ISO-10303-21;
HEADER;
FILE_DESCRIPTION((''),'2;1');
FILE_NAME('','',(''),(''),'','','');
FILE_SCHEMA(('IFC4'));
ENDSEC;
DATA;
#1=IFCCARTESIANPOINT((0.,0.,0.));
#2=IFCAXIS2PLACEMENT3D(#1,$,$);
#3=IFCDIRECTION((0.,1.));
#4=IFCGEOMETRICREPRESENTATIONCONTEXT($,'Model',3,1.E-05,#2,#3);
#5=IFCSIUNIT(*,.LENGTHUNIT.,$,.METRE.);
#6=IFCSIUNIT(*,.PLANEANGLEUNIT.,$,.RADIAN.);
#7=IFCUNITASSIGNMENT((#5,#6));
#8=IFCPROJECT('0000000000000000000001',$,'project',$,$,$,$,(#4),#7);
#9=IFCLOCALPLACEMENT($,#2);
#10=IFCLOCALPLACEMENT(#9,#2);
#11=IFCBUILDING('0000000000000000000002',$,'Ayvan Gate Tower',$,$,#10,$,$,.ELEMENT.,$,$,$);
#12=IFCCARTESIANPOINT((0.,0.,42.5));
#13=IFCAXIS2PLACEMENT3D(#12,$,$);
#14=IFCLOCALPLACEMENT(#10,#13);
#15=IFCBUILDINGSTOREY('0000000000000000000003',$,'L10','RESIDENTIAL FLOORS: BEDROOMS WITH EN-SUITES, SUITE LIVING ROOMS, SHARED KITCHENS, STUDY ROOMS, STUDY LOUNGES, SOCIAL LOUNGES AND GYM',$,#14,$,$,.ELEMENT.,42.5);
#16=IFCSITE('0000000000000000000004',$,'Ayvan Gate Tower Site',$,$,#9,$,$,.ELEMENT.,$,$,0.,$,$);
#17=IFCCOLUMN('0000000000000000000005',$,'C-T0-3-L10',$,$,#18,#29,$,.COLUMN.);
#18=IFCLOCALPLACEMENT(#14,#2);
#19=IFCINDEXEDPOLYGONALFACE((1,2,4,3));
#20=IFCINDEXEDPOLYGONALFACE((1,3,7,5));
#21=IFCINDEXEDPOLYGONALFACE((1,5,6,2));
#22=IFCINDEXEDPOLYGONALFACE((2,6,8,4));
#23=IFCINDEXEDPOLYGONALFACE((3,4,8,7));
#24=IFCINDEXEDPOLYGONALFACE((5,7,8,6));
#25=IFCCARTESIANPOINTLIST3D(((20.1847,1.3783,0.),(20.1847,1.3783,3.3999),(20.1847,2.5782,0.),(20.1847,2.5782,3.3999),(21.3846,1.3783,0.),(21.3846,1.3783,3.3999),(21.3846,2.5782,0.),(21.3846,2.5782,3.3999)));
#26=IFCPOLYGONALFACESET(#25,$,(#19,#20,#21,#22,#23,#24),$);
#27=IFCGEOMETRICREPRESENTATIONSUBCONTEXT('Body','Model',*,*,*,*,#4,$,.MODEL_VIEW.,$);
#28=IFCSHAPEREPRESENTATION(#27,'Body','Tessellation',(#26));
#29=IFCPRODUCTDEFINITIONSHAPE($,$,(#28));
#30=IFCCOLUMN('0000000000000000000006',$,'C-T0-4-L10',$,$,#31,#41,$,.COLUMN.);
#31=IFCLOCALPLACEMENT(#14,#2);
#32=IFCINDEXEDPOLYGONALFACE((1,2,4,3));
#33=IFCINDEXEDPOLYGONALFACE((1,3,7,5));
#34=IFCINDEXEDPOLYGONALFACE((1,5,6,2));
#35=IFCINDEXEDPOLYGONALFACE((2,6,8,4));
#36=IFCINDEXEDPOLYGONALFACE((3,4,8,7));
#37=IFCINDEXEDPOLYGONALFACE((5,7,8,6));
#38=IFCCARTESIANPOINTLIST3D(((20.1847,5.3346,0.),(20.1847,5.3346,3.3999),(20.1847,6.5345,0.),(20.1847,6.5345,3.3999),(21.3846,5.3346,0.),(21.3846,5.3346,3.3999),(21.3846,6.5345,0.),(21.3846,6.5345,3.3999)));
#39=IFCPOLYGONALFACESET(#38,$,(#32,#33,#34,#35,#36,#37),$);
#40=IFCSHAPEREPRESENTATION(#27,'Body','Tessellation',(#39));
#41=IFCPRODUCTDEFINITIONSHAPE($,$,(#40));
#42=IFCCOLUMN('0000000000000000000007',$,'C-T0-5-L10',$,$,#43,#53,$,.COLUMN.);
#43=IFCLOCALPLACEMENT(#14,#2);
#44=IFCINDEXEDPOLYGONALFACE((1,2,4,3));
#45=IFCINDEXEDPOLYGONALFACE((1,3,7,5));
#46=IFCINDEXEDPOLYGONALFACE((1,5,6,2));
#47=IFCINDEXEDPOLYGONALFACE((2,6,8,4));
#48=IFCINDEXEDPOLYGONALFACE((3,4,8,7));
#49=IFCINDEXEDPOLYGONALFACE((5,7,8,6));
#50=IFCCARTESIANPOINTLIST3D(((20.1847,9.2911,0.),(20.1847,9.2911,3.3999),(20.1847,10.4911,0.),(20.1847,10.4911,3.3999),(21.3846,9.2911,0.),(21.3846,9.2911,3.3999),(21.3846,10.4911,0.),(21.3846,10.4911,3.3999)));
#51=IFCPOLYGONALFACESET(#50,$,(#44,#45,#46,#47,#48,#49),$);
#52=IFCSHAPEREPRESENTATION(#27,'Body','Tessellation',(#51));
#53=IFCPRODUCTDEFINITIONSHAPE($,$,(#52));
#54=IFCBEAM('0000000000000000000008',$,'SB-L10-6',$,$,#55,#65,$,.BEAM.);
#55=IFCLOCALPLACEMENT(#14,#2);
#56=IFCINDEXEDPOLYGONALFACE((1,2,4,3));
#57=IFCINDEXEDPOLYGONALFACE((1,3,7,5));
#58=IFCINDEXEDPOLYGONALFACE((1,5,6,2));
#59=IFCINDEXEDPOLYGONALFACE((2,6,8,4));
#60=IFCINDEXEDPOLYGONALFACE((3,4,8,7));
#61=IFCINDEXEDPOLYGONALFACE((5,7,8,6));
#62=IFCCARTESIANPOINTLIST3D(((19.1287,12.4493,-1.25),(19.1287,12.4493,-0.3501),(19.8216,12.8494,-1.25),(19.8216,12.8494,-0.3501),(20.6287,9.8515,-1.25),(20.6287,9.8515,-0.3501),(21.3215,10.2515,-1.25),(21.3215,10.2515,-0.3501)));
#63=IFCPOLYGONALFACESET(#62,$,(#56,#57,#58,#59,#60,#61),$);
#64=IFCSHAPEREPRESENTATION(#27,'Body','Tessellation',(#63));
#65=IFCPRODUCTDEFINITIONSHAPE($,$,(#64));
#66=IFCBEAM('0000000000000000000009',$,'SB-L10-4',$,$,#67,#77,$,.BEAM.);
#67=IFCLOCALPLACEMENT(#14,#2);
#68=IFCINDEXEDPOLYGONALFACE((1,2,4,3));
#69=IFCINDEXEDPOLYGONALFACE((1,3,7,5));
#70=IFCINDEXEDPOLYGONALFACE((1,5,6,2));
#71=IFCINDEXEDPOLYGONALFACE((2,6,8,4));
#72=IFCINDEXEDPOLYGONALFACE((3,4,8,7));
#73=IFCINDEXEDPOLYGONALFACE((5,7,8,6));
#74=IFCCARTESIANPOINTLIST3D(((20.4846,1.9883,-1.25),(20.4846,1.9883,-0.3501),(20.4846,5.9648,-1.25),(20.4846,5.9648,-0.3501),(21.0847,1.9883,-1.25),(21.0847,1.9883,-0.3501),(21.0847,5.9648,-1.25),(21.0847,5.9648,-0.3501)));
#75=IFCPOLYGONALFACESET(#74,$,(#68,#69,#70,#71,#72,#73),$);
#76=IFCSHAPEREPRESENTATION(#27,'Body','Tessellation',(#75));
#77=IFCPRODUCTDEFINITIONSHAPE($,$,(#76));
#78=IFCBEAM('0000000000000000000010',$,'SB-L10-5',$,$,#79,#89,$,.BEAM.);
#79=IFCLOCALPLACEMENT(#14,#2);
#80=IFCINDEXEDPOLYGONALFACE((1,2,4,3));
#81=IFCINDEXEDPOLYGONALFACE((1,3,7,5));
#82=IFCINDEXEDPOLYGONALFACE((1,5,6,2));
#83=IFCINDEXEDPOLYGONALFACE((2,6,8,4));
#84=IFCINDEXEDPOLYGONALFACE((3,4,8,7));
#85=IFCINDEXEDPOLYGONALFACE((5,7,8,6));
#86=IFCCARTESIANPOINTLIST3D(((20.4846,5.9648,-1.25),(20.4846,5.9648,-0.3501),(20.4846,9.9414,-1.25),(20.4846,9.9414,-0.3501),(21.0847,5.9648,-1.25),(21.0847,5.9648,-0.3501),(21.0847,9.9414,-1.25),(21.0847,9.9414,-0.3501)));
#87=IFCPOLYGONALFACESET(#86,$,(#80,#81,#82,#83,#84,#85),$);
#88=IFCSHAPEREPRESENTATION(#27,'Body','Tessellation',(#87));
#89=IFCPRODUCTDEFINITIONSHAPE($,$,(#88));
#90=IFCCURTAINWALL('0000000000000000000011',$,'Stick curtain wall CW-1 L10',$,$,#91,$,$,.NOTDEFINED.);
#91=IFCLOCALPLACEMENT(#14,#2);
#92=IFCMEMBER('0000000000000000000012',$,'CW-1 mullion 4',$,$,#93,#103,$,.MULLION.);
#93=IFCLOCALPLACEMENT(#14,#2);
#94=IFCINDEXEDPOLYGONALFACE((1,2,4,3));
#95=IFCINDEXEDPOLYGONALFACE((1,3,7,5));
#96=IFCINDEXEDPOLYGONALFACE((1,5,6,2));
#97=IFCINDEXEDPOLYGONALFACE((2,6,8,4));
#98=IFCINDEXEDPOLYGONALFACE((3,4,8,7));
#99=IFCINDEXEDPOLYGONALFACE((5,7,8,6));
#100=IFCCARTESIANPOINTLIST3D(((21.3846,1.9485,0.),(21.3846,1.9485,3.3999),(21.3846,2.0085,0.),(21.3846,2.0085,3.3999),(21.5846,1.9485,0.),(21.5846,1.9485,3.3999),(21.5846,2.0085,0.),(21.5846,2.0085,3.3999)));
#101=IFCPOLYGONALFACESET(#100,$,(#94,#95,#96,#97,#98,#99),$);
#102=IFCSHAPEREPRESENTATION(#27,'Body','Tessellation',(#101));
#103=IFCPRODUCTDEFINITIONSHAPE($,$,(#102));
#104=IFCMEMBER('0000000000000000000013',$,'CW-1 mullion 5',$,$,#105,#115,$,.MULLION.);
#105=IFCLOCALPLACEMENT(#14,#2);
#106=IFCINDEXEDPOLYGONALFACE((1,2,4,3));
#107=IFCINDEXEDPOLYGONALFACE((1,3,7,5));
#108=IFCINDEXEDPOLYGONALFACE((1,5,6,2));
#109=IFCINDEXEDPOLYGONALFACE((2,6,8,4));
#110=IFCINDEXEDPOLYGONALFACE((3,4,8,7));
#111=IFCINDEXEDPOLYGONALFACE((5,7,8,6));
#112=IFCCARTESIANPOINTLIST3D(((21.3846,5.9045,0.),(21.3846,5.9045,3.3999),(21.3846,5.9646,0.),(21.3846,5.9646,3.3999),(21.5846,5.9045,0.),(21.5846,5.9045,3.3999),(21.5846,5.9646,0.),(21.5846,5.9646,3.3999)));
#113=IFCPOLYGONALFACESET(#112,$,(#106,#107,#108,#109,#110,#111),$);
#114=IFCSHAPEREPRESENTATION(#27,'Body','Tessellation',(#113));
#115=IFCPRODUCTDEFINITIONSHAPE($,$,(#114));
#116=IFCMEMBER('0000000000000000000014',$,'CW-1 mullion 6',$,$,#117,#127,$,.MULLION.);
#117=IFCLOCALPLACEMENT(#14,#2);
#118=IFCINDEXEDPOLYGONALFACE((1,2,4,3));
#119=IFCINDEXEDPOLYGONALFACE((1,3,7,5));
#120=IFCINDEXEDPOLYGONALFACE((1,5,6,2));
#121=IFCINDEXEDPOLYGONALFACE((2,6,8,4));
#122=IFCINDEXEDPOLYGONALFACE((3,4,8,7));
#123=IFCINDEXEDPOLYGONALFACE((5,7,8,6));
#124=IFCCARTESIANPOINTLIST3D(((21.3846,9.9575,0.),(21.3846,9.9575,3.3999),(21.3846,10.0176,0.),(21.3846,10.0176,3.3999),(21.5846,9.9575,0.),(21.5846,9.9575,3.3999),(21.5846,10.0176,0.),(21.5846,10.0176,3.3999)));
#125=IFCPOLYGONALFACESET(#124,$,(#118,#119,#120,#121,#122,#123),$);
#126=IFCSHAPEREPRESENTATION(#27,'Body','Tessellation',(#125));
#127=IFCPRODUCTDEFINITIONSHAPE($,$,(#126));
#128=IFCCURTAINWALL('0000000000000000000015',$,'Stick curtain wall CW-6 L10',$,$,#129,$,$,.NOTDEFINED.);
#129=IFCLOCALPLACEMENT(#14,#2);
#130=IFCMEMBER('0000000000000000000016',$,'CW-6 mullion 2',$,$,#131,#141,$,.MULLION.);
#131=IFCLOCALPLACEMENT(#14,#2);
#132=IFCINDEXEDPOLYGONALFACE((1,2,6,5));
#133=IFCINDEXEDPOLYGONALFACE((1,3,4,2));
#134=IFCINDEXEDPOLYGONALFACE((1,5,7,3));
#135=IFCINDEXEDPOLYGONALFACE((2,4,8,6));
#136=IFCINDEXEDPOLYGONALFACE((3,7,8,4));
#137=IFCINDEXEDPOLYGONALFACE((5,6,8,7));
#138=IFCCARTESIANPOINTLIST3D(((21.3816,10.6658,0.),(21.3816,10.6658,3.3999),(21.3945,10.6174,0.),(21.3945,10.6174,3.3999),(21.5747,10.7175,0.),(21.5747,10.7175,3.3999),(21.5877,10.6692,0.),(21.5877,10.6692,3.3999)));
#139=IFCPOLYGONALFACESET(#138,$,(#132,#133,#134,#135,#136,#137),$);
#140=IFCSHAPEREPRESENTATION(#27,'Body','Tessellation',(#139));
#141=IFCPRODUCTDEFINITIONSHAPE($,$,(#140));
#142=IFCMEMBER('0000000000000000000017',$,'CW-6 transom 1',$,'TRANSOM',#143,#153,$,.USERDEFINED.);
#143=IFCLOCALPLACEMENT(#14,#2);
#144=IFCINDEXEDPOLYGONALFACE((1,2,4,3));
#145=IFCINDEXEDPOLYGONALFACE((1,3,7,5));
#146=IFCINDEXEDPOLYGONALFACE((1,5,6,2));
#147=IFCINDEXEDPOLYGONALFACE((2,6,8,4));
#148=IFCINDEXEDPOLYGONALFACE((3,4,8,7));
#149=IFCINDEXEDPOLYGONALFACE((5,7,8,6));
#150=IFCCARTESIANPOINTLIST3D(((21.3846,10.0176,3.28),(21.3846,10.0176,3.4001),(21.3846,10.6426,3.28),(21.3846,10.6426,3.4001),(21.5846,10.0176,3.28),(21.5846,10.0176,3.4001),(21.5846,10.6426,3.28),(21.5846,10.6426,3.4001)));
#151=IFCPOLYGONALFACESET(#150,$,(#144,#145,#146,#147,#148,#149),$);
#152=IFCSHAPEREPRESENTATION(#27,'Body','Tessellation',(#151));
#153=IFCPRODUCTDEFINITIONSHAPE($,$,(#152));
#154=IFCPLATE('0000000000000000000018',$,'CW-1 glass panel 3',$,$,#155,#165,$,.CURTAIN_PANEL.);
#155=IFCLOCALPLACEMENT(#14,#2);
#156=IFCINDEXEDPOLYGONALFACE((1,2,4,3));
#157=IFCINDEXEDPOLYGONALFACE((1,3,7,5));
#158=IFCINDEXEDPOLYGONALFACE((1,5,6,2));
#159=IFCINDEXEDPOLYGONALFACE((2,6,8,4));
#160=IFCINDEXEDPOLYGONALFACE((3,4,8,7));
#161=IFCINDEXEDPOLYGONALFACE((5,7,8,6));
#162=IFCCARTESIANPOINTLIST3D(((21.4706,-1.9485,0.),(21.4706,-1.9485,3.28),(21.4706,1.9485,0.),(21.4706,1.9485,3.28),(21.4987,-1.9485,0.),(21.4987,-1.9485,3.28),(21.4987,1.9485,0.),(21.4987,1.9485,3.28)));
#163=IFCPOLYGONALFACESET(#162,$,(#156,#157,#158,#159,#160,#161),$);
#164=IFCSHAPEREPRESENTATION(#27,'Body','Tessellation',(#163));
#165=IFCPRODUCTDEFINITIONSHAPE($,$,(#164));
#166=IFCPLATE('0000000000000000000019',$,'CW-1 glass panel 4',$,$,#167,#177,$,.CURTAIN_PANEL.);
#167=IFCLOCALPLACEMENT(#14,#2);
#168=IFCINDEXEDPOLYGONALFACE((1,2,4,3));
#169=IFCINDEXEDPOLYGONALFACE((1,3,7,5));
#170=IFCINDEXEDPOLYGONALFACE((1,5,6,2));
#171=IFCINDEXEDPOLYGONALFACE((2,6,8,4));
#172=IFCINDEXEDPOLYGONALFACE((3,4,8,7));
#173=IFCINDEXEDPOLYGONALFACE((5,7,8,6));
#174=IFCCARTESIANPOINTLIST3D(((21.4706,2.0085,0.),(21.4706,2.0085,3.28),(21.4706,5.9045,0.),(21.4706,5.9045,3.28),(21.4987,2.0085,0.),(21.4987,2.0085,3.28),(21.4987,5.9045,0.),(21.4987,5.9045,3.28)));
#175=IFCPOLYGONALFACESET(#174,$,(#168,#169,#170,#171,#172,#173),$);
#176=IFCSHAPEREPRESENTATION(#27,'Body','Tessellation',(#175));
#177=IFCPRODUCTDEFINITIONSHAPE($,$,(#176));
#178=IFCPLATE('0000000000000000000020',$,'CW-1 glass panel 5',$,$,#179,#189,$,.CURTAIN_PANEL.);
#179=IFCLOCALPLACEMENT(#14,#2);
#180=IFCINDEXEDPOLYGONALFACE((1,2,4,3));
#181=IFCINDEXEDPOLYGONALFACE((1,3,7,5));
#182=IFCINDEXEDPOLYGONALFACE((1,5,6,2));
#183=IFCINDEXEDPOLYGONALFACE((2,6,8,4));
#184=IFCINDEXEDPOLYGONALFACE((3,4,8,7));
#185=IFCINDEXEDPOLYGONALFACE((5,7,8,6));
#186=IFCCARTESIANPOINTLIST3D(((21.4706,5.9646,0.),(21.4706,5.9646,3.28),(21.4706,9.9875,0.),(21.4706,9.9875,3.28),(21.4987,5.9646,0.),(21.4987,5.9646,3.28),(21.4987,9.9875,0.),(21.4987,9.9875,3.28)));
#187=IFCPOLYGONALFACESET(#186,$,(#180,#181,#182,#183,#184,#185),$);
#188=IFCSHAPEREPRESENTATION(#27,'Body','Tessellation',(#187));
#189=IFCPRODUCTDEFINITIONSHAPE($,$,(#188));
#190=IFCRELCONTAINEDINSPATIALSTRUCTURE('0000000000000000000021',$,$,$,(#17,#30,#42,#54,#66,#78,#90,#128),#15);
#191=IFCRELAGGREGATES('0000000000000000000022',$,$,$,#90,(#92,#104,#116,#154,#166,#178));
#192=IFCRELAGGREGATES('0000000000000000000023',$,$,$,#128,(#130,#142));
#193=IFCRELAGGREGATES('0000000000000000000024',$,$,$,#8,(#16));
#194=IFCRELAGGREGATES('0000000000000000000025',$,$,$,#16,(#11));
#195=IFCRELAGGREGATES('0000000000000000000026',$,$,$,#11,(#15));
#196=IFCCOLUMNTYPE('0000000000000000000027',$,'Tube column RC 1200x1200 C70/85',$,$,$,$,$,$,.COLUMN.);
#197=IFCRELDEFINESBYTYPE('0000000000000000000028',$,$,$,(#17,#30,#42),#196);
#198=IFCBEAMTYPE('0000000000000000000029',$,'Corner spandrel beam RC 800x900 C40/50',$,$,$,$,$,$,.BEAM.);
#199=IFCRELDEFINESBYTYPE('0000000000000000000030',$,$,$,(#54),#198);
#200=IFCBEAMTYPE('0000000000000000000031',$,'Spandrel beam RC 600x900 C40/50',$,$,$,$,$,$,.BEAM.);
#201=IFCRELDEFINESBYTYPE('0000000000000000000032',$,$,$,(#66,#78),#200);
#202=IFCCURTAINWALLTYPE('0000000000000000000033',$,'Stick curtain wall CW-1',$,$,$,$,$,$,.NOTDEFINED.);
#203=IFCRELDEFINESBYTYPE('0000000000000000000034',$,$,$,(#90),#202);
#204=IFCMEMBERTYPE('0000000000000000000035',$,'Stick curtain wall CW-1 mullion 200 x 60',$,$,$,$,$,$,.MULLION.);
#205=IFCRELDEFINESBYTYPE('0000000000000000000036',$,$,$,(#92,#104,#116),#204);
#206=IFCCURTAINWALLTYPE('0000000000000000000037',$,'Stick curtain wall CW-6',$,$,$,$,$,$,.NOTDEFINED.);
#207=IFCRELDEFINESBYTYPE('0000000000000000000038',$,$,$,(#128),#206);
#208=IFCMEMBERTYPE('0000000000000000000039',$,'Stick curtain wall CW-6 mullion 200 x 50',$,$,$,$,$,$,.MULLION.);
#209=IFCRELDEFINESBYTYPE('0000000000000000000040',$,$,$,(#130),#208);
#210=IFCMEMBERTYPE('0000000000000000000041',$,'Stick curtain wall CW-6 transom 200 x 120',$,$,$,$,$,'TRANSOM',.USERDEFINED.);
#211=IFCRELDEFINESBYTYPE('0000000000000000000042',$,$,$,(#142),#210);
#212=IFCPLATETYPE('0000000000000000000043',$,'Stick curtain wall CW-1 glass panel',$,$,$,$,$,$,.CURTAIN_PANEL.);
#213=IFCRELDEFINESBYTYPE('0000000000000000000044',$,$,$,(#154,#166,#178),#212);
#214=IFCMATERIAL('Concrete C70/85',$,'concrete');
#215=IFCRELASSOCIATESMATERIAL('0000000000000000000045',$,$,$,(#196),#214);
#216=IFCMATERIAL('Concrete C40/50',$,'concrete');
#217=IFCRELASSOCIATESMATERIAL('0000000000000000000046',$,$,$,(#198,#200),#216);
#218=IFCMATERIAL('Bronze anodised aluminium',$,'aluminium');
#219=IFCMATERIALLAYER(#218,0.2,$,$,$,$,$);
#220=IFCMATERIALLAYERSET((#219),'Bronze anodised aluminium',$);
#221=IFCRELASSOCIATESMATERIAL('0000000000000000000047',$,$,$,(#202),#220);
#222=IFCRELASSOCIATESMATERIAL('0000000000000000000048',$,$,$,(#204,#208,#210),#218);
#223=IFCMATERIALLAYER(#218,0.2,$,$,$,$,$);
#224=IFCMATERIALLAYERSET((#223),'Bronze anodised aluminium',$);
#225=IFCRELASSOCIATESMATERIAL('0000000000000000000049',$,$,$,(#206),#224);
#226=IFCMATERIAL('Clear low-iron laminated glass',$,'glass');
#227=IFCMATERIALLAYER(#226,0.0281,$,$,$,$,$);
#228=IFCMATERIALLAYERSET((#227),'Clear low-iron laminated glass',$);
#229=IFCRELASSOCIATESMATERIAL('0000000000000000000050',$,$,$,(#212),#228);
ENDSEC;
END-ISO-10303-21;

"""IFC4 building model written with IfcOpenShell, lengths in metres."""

from ifc_helpers import new_model, si_unit, direction, frame, origin, origin_2d, place, context, subcontext, project, spatial, rectangle, extrude, material, layer, layer_set, material_profile, profile_set, type_object, element, aggregate, save


model = new_model("IFC4")

# Units and contexts
model_context = context("Model", 3, precision=1e-05, world=origin(), true_north=direction((0.0, 1.0)))
body_context = subcontext(model_context, "Body", "Model", "MODEL_VIEW")
ifc_project = project(units=[si_unit("LENGTHUNIT", "METRE"), si_unit("PLANEANGLEUNIT", "RADIAN")], contexts=[model_context])

# Site, building, storey
site_placement = place(None, origin())
site = spatial("IfcSite", under=ifc_project, at=site_placement, Name="Ayvan Gate Tower Site", CompositionType="ELEMENT", RefElevation=0.0)
building_placement = place(site_placement, origin())
building = spatial("IfcBuilding", under=site, at=building_placement, Name="Ayvan Gate Tower", CompositionType="ELEMENT")
storey_placement = place(building_placement, frame((0.0, 0.0, 42.5)))
storey = spatial("IfcBuildingStorey", under=building, at=storey_placement, Name="L10", Description="RESIDENTIAL FLOORS: BEDROOMS WITH EN-SUITES, SUITE LIVING ROOMS, SHARED KITCHENS, STUDY ROOMS, STUDY LOUNGES, SOCIAL LOUNGES AND GYM", CompositionType="ELEMENT", Elevation=42.5)

# Columns
ifc_material_1 = material(Name="Concrete C70/85", Category="concrete")
ifc_material_profile_1 = material_profile(ifc_material_1, rectangle(XDim=1.2, YDim=1.2, at=origin_2d()), Name="RC 1200x1200")
ifc_profile_set_1 = profile_set([ifc_material_profile_1], Name="Concrete C70/85")
column_type = type_object("IfcColumnType", Name="Tube column RC 1200x1200 C70/85", PredefinedType="COLUMN", material=ifc_profile_set_1)
for number, where, z_axis, x_axis, name in (
    (1, (20.7847, 1.9783, 0.0), (0.0, 0.0, 1.0), (1.0, 0.0, 0.0), "C-T0-3-L10"),
    (2, (20.7847, 5.9346, 0.0), (0.0, 0.0, 1.0), (1.0, 0.0, 0.0), "C-T0-4-L10"),
    (3, (20.7847, 9.8911, 0.0), (0.0, 0.0, 1.0), (1.0, 0.0, 0.0), "C-T0-5-L10"),
):
    element("IfcColumn", number, at=place(storey_placement, frame(where, z_axis=z_axis, x_axis=x_axis)), inside=storey, type_object=column_type, Name=name, PredefinedType="COLUMN", context=body_context, shape_type="SweptSolid", body=[
        extrude(rectangle(XDim=1.2, YDim=1.2, at=origin_2d()), origin(), (0.0, 0.0, 1.0), 3.3999),
    ])

# Beams
ifc_material_2 = material(Name="Concrete C40/50", Category="concrete")
ifc_material_profile_2 = material_profile(ifc_material_2, rectangle(XDim=0.8, YDim=0.8999, at=origin_2d()), Name="RC 800x900")
ifc_profile_set_2 = profile_set([ifc_material_profile_2], Name="Concrete C40/50")
beam_type_1 = type_object("IfcBeamType", Name="Corner spandrel beam RC 800x900 C40/50", PredefinedType="BEAM", material=ifc_profile_set_2)
beam_placement = place(storey_placement, frame((20.9751, 10.0515, -0.8), z_axis=(-0.500025, 0.866011, 0.0), x_axis=(-0.866011, -0.500025, 0.0)))
element("IfcBeam", 4, at=beam_placement, inside=storey, type_object=beam_type_1, Name="SB-L10-6", PredefinedType="BEAM", context=body_context, shape_type="SweptSolid", body=[
    extrude(rectangle(XDim=0.8, YDim=0.8999, at=origin_2d()), origin(), (0.0, 0.0, 1.0), 2.9998),
])
ifc_material_profile_3 = material_profile(ifc_material_2, rectangle(XDim=0.6001, YDim=0.8999, at=origin_2d()), Name="RC 600x900")
ifc_profile_set_3 = profile_set([ifc_material_profile_3], Name="Concrete C40/50")
beam_type_2 = type_object("IfcBeamType", Name="Spandrel beam RC 600x900 C40/50", PredefinedType="BEAM", material=ifc_profile_set_3)
for number, where, z_axis, x_axis, name in (
    (5, (20.7847, 1.9883, -0.8), (0.0, 1.0, 0.0), (-1.0, 0.0, 0.0), "SB-L10-4"),
    (6, (20.7847, 5.9648, -0.8), (0.0, 1.0, 0.0), (-1.0, 0.0, 0.0), "SB-L10-5"),
):
    element("IfcBeam", number, at=place(storey_placement, frame(where, z_axis=z_axis, x_axis=x_axis)), inside=storey, type_object=beam_type_2, Name=name, PredefinedType="BEAM", context=body_context, shape_type="SweptSolid", body=[
        extrude(rectangle(XDim=0.6001, YDim=0.8999, at=origin_2d()), origin(), (0.0, 0.0, 1.0), 3.9766),
    ])

# Curtain walls, members
ifc_material_3 = material(Name="Bronze anodised aluminium", Category="aluminium")
ifc_layer_1 = layer(ifc_material_3, 0.2)
ifc_layer_set_1 = layer_set([ifc_layer_1], Name="Bronze anodised aluminium")
curtain_wall_type_1 = type_object("IfcCurtainWallType", Name="Stick curtain wall CW-1", PredefinedType="NOTDEFINED", material=ifc_layer_set_1)
curtain_wall_1_placement = place(storey_placement, origin())
curtain_wall_1 = element("IfcCurtainWall", 7, at=curtain_wall_1_placement, inside=storey, type_object=curtain_wall_type_1, Name="Stick curtain wall CW-1 L10", PredefinedType="NOTDEFINED")
ifc_material_profile_4 = material_profile(ifc_material_3, rectangle(XDim=0.2, YDim=0.0601, at=origin_2d()), Name="Stick curtain wall CW-1 mullion 200 x 60")
ifc_profile_set_4 = profile_set([ifc_material_profile_4], Name="Bronze anodised aluminium")
member_type_1 = type_object("IfcMemberType", Name="Stick curtain wall CW-1 mullion 200 x 60", PredefinedType="MULLION", material=ifc_profile_set_4)
member_1_placement = place(storey_placement, frame((21.4846, 1.9785, 0.0), z_axis=(0.0, 0.0, 1.0), x_axis=(1.0, 0.0, 0.0)))
member_1 = element("IfcMember", 8, at=member_1_placement, type_object=member_type_1, Name="CW-1 mullion 4", PredefinedType="MULLION", context=body_context, shape_type="SweptSolid", body=[
    extrude(rectangle(XDim=0.2, YDim=0.0601, at=origin_2d()), origin(), (0.0, 0.0, 1.0), 3.3999),
])
member_2_placement = place(storey_placement, frame((21.4846, 5.9346, 0.0), z_axis=(0.0, 0.0, 1.0), x_axis=(1.0, 0.0, 0.0)))
member_2 = element("IfcMember", 9, at=member_2_placement, type_object=member_type_1, Name="CW-1 mullion 5", PredefinedType="MULLION", context=body_context, shape_type="SweptSolid", body=[
    extrude(rectangle(XDim=0.2, YDim=0.0601, at=origin_2d()), origin(), (0.0, 0.0, 1.0), 3.3999),
])
member_3_placement = place(storey_placement, frame((21.4846, 9.9875, 0.0), z_axis=(0.0, 0.0, 1.0), x_axis=(1.0, 0.0, 0.0)))
member_3 = element("IfcMember", 10, at=member_3_placement, type_object=member_type_1, Name="CW-1 mullion 6", PredefinedType="MULLION", context=body_context, shape_type="SweptSolid", body=[
    extrude(rectangle(XDim=0.2, YDim=0.0601, at=origin_2d()), origin(), (0.0, 0.0, 1.0), 3.3999),
])
ifc_layer_2 = layer(ifc_material_3, 0.2)
ifc_layer_set_2 = layer_set([ifc_layer_2], Name="Bronze anodised aluminium")
curtain_wall_type_2 = type_object("IfcCurtainWallType", Name="Stick curtain wall CW-6", PredefinedType="NOTDEFINED", material=ifc_layer_set_2)
curtain_wall_2_placement = place(storey_placement, origin())
curtain_wall_2 = element("IfcCurtainWall", 11, at=curtain_wall_2_placement, inside=storey, type_object=curtain_wall_type_2, Name="Stick curtain wall CW-6 L10", PredefinedType="NOTDEFINED")
ifc_material_profile_5 = material_profile(ifc_material_3, rectangle(XDim=0.2, YDim=0.05, at=origin_2d()), Name="Stick curtain wall CW-6 mullion 200 x 50")
ifc_profile_set_5 = profile_set([ifc_material_profile_5], Name="Bronze anodised aluminium")
member_type_2 = type_object("IfcMemberType", Name="Stick curtain wall CW-6 mullion 200 x 50", PredefinedType="MULLION", material=ifc_profile_set_5)
member_4_placement = place(storey_placement, frame((21.4846, 10.6675, 0.0), z_axis=(0.0, 0.0, 1.0), x_axis=(0.965926, 0.258819, 0.0)))
member_4 = element("IfcMember", 12, at=member_4_placement, type_object=member_type_2, Name="CW-6 mullion 2", PredefinedType="MULLION", context=body_context, shape_type="SweptSolid", body=[
    extrude(rectangle(XDim=0.2, YDim=0.05, at=origin_2d()), origin(), (0.0, 0.0, 1.0), 3.3999),
])
ifc_material_profile_6 = material_profile(ifc_material_3, rectangle(XDim=0.2, YDim=0.1201, at=origin_2d()), Name="Stick curtain wall CW-6 transom 200 x 120")
ifc_profile_set_6 = profile_set([ifc_material_profile_6], Name="Bronze anodised aluminium")
member_type_3 = type_object("IfcMemberType", Name="Stick curtain wall CW-6 transom 200 x 120", ElementType="TRANSOM", PredefinedType="USERDEFINED", material=ifc_profile_set_6)
member_5_placement = place(storey_placement, frame((21.4846, 10.0176, 3.3401), z_axis=(0.0, 1.0, 0.0), x_axis=(-1.0, 0.0, 0.0)))
member_5 = element("IfcMember", 13, at=member_5_placement, type_object=member_type_3, Name="CW-6 transom 1", ObjectType="TRANSOM", PredefinedType="USERDEFINED", context=body_context, shape_type="SweptSolid", body=[
    extrude(rectangle(XDim=0.2, YDim=0.1201, at=origin_2d()), origin(), (0.0, 0.0, 1.0), 0.625),
])

# Plates
ifc_material_4 = material(Name="Clear low-iron laminated glass", Category="glass")
ifc_layer_3 = layer(ifc_material_4, 0.0281)
ifc_layer_set_3 = layer_set([ifc_layer_3], Name="Clear low-iron laminated glass")
plate_type_1 = type_object("IfcPlateType", Name="Stick curtain wall CW-1 glass panel", PredefinedType="CURTAIN_PANEL", material=ifc_layer_set_3)
plate_1_placement = place(storey_placement, frame((21.4846, 0.0, 0.0), z_axis=(0.0, 0.0, 1.0), x_axis=(0.0, 1.0, 0.0)))
plate_1 = element("IfcPlate", 14, at=plate_1_placement, type_object=plate_type_1, Name="CW-1 glass panel 3", PredefinedType="CURTAIN_PANEL", context=body_context, shape_type="SweptSolid", body=[
    extrude(rectangle(XDim=3.897, YDim=0.0281, at=origin_2d()), origin(), (0.0, 0.0, 1.0), 3.28),
])
plate_2_placement = place(storey_placement, frame((21.4846, 3.9565, 0.0), z_axis=(0.0, 0.0, 1.0), x_axis=(0.0, 1.0, 0.0)))
plate_2 = element("IfcPlate", 15, at=plate_2_placement, type_object=plate_type_1, Name="CW-1 glass panel 4", PredefinedType="CURTAIN_PANEL", context=body_context, shape_type="SweptSolid", body=[
    extrude(rectangle(XDim=3.896, YDim=0.0281, at=origin_2d()), origin(), (0.0, 0.0, 1.0), 3.28),
])
plate_3_placement = place(storey_placement, frame((21.4846, 7.9761, 0.0), z_axis=(0.0, 0.0, 1.0), x_axis=(0.0, 1.0, 0.0)))
plate_3 = element("IfcPlate", 16, at=plate_3_placement, type_object=plate_type_1, Name="CW-1 glass panel 5", PredefinedType="CURTAIN_PANEL", context=body_context, shape_type="SweptSolid", body=[
    extrude(rectangle(XDim=4.0229, YDim=0.0281, at=origin_2d()), origin(), (0.0, 0.0, 1.0), 3.28),
])
aggregate(curtain_wall_1, [member_1, member_2, member_3, plate_1, plate_2, plate_3])
aggregate(curtain_wall_2, [member_4, member_5])

save(model, "model.ifc")
